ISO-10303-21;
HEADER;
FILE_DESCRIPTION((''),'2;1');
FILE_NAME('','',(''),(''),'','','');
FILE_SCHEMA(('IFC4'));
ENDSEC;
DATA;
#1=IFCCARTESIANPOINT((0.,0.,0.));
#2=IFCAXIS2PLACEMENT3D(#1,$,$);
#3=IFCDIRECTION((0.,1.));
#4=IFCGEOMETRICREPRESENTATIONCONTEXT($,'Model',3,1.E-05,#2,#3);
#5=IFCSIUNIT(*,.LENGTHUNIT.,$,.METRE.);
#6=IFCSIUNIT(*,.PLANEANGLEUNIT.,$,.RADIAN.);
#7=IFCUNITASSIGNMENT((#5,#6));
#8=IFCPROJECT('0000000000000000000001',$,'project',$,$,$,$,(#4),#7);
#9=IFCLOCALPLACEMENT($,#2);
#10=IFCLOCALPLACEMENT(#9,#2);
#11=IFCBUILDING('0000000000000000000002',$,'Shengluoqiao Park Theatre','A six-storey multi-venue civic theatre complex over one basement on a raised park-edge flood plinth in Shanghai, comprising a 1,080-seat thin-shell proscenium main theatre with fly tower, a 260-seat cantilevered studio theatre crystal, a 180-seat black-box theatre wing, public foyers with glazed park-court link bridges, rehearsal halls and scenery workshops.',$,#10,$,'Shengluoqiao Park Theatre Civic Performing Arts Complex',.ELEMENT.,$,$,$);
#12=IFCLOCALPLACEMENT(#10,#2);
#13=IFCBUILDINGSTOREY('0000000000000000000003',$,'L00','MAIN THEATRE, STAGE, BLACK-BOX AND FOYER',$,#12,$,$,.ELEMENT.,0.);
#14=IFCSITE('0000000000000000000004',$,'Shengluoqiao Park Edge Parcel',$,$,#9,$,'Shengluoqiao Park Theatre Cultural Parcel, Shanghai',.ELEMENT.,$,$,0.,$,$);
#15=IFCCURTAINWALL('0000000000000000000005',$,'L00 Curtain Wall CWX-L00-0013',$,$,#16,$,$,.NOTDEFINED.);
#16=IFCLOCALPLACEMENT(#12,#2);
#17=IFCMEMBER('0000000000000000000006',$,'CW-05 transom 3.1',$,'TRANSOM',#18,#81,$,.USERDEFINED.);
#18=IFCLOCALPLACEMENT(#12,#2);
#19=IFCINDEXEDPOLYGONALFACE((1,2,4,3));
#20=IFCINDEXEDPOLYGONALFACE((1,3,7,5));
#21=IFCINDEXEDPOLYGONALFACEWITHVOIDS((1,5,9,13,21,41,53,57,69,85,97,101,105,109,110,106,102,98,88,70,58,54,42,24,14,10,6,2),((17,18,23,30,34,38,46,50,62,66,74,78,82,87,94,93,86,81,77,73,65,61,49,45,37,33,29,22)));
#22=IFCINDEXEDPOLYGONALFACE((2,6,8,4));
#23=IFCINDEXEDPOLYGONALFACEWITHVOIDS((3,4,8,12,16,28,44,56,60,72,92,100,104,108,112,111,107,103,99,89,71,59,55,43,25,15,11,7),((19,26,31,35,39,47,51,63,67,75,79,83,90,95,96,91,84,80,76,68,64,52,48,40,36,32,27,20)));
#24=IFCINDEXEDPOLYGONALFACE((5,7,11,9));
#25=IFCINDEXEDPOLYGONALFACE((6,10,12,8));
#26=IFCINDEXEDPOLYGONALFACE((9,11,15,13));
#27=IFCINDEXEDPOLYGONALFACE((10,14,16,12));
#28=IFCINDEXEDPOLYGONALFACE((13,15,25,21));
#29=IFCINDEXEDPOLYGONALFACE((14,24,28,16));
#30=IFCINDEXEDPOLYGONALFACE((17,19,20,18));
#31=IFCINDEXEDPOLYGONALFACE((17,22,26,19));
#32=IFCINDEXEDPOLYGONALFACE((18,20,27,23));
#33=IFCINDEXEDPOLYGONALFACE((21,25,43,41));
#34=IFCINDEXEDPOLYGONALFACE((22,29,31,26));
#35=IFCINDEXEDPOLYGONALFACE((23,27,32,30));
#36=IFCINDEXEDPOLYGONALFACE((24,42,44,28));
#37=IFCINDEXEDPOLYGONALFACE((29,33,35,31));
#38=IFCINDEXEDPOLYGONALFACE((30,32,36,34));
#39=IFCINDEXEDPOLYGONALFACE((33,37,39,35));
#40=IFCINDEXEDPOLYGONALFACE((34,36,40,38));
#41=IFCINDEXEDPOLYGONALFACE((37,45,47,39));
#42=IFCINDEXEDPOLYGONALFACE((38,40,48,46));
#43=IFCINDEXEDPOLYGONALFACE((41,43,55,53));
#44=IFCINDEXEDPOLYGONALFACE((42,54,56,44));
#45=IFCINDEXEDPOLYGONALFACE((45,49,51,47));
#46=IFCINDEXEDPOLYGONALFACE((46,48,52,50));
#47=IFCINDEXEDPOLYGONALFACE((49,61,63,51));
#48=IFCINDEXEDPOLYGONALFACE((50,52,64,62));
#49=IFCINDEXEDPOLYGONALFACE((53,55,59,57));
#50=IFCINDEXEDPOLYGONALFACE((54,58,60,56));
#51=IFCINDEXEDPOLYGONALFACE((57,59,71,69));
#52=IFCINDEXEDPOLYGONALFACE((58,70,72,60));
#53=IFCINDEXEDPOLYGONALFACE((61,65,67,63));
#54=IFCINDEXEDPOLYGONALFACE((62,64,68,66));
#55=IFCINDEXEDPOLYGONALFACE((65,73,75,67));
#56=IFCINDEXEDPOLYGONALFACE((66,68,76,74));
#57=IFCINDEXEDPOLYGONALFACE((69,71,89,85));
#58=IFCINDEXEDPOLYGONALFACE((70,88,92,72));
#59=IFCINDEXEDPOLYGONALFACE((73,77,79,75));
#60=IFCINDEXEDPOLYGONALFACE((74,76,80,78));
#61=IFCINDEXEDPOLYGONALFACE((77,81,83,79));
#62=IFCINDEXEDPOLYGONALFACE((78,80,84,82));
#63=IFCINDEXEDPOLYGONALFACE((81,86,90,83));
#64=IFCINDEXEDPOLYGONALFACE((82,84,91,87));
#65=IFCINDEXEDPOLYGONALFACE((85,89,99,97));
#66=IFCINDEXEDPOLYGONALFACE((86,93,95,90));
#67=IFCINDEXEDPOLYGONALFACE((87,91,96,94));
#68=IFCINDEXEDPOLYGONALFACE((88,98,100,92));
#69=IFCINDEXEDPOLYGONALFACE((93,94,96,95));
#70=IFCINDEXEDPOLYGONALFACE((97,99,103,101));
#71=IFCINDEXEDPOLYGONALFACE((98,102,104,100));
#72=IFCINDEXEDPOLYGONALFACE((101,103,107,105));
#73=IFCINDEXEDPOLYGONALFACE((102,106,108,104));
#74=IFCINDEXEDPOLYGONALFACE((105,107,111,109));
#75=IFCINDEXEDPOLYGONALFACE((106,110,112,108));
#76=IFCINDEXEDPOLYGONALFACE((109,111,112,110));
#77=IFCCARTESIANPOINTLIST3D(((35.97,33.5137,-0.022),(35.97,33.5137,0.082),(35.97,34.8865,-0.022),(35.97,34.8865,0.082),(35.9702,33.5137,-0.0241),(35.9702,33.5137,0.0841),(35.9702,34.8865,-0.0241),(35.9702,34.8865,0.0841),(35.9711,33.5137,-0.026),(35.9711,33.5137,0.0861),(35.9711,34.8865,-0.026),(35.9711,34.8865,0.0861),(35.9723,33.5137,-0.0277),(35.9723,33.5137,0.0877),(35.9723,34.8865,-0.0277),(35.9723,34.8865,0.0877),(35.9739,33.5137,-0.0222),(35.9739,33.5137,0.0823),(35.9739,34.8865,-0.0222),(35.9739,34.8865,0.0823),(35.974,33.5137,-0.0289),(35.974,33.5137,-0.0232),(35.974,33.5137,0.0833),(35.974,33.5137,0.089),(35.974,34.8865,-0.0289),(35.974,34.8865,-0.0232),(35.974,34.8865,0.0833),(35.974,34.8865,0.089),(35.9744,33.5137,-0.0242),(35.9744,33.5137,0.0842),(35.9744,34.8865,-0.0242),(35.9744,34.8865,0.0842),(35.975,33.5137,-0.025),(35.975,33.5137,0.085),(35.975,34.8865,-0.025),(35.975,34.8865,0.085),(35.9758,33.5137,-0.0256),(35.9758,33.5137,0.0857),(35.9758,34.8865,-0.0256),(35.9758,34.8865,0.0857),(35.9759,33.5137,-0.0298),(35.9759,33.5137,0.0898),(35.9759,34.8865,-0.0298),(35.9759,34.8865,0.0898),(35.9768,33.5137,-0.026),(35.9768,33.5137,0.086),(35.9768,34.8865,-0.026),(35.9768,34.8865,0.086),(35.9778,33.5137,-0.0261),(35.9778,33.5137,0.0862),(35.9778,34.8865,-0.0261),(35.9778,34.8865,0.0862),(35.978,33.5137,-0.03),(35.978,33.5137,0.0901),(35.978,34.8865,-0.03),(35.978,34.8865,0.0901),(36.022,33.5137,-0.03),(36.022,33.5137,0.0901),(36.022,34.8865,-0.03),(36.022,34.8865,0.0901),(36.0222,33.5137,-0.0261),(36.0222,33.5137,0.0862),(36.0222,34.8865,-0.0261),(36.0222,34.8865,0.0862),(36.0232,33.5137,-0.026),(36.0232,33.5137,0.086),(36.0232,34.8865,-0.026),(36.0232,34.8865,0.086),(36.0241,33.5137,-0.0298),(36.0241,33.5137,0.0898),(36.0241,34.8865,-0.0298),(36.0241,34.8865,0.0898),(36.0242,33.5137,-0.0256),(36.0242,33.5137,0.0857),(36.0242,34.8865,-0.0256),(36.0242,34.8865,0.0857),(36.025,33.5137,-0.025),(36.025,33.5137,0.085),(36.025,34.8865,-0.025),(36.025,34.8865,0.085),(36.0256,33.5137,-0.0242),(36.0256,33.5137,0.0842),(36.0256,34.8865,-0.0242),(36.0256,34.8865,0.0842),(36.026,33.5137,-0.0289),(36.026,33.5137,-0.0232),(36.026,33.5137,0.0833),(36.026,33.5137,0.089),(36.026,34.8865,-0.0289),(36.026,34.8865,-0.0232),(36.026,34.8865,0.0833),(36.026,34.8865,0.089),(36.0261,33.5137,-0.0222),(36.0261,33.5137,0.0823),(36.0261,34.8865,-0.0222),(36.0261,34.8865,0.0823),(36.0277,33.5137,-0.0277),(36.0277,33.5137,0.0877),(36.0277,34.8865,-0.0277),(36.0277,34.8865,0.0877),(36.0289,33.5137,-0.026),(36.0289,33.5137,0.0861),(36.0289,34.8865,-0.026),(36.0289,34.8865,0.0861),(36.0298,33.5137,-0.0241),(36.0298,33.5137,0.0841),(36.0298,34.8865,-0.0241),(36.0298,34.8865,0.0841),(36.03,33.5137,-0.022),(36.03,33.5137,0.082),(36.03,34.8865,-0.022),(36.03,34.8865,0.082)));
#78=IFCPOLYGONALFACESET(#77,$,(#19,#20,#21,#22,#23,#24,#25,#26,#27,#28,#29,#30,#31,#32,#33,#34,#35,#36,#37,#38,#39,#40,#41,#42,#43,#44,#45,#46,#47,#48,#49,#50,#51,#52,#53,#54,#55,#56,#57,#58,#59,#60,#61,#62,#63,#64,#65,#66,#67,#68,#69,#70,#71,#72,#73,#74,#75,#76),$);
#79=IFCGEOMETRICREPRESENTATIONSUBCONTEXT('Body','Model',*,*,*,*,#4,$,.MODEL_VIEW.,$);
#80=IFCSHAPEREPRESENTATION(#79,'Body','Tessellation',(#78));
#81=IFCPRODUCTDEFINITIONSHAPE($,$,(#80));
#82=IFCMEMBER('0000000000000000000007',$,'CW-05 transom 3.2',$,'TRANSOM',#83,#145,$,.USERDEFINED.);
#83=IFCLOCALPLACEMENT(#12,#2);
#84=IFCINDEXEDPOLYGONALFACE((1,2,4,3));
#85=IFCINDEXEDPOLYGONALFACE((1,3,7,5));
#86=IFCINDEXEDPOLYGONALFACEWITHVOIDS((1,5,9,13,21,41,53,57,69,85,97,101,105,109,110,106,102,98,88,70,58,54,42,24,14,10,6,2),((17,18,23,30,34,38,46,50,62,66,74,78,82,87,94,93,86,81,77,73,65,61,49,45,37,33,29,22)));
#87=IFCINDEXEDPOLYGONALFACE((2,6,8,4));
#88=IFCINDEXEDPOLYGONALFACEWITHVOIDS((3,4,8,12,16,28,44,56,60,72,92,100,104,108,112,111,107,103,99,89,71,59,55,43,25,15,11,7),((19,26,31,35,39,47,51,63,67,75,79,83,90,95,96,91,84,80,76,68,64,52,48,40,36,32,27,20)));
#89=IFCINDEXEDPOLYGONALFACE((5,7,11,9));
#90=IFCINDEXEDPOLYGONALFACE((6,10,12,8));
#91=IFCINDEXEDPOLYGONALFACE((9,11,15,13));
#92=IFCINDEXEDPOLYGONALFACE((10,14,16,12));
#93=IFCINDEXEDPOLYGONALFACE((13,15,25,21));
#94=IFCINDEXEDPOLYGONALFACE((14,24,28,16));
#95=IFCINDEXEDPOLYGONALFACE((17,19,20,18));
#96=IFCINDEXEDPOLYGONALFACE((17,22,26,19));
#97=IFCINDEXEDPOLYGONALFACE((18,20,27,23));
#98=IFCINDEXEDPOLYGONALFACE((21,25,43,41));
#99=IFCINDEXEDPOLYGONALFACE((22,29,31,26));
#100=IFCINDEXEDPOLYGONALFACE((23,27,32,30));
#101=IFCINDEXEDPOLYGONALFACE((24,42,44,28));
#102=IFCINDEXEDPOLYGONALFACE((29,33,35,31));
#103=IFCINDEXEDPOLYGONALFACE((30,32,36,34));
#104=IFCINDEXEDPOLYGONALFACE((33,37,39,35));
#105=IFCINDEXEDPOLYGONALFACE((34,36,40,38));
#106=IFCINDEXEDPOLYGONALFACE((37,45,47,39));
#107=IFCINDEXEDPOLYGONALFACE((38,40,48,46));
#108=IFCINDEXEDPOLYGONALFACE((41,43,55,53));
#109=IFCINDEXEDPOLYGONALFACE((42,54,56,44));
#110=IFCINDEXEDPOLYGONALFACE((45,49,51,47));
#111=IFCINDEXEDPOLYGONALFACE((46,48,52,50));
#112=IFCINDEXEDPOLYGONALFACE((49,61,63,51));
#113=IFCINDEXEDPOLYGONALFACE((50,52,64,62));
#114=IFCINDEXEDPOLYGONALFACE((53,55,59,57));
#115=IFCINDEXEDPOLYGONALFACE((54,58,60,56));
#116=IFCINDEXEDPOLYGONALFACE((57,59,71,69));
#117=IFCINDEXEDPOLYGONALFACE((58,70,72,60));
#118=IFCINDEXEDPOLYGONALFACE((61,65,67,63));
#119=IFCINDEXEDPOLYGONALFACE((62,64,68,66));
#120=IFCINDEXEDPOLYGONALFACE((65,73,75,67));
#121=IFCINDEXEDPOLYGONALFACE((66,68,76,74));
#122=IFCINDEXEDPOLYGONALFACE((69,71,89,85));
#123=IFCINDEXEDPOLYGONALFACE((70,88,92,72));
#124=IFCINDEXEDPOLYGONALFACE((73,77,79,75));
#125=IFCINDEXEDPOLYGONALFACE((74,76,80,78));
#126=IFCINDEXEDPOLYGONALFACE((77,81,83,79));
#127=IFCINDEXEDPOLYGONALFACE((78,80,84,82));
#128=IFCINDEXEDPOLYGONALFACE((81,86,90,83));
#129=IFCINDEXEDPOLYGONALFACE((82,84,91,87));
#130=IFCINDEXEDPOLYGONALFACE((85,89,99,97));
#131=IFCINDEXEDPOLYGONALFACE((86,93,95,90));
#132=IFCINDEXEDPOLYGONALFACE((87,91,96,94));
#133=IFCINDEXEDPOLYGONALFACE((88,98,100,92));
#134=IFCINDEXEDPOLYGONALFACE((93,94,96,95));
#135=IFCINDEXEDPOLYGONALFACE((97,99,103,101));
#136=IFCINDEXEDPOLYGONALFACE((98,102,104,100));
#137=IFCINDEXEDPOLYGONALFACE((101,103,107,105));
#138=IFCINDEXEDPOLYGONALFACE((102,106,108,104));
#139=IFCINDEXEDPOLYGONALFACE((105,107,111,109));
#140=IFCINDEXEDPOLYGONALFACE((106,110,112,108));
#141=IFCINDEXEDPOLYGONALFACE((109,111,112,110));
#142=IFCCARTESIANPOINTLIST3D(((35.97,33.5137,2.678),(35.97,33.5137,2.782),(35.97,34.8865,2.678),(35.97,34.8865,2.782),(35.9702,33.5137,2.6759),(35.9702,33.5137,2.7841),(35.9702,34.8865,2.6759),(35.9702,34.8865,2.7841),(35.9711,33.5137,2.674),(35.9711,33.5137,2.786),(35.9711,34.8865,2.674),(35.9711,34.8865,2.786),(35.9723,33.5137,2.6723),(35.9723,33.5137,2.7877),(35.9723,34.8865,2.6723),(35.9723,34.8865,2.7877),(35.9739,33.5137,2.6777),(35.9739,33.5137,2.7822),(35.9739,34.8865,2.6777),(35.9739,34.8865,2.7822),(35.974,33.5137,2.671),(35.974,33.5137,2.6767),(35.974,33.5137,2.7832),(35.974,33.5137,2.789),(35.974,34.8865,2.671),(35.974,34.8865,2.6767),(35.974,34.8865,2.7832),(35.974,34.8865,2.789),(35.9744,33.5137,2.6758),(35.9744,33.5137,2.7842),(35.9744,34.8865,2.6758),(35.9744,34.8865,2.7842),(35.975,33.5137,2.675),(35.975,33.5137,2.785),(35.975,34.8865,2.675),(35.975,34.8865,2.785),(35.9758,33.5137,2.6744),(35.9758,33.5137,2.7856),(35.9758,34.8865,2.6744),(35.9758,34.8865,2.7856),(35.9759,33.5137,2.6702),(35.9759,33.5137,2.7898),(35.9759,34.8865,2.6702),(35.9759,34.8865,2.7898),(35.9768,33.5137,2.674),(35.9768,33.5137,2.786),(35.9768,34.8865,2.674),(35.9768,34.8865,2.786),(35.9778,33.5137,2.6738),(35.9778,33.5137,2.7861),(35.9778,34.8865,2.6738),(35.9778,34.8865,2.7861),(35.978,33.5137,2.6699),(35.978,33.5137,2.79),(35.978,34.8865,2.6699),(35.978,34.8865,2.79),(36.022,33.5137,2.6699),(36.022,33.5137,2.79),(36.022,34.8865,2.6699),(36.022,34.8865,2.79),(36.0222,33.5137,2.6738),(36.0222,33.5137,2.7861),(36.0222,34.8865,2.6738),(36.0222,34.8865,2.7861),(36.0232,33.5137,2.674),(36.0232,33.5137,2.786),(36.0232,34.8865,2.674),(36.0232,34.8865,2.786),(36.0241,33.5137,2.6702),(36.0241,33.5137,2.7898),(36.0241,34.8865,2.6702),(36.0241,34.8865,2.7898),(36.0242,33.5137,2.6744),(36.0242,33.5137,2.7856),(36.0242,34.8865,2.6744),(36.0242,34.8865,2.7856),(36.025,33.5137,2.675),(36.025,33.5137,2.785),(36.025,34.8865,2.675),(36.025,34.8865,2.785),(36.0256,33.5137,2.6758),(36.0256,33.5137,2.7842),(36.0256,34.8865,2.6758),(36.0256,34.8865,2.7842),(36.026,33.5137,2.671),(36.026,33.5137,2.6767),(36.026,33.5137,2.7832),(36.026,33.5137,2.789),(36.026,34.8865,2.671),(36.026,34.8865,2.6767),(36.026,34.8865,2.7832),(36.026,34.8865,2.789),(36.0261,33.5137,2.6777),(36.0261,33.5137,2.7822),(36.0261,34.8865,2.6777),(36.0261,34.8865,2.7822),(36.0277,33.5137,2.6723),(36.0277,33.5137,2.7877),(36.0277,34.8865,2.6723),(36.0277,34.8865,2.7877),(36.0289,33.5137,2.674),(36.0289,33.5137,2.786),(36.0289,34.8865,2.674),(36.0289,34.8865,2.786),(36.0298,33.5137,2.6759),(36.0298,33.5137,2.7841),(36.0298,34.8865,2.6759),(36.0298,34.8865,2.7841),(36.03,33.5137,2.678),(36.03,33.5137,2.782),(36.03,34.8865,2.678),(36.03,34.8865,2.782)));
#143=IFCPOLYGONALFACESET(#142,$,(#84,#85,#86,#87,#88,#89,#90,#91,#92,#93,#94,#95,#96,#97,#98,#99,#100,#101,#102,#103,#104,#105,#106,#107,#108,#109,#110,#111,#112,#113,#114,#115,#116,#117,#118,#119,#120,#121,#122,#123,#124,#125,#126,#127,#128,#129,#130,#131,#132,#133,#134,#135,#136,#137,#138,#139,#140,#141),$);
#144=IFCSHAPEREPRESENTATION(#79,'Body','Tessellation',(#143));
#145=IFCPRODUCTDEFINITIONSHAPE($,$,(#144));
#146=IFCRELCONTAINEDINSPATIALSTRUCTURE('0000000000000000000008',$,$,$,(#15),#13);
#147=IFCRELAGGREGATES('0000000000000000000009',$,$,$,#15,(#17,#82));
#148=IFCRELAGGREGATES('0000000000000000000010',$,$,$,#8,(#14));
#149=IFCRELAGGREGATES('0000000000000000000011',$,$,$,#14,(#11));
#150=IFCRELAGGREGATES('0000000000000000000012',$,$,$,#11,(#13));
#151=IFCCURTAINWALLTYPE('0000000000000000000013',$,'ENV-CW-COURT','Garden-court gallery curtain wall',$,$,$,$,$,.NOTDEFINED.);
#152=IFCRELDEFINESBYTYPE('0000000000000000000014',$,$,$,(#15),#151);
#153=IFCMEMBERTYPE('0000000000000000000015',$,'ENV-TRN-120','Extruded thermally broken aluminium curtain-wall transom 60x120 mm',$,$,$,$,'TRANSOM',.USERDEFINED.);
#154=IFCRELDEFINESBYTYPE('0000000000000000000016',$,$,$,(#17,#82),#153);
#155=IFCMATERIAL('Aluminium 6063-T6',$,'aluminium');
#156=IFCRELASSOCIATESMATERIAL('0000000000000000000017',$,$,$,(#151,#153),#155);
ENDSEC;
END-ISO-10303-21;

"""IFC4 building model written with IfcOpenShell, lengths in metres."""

from ifc_helpers import new_model, si_unit, direction, frame, origin, origin_2d, place, context, subcontext, project, spatial, hollow_rectangle, extrude, material, material_profile, profile_set, type_object, element, aggregate, save


model = new_model("IFC4")

# Units and contexts
model_context = context("Model", 3, precision=1e-05, world=origin(), true_north=direction((0.0, 1.0)))
body_context = subcontext(model_context, "Body", "Model", "MODEL_VIEW")
ifc_project = project(units=[si_unit("LENGTHUNIT", "METRE"), si_unit("PLANEANGLEUNIT", "RADIAN")], contexts=[model_context])

# Site, building, storey
site_placement = place(None, origin())
site = spatial("IfcSite", under=ifc_project, at=site_placement, Name="Shengluoqiao Park Edge Parcel", LongName="Shengluoqiao Park Theatre Cultural Parcel, Shanghai", CompositionType="ELEMENT", RefElevation=0.0)
building_placement = place(site_placement, origin())
building = spatial("IfcBuilding", under=site, at=building_placement, Name="Shengluoqiao Park Theatre", Description="A six-storey multi-venue civic theatre complex over one basement on a raised park-edge flood plinth in Shanghai, comprising a 1,080-seat thin-shell proscenium main theatre with fly tower, a 260-seat cantilevered studio theatre crystal, a 180-seat black-box theatre wing, public foyers with glazed park-court link bridges, rehearsal halls and scenery workshops.", LongName="Shengluoqiao Park Theatre Civic Performing Arts Complex", CompositionType="ELEMENT")
storey_placement = place(building_placement, origin())
storey = spatial("IfcBuildingStorey", under=building, at=storey_placement, Name="L00", Description="MAIN THEATRE, STAGE, BLACK-BOX AND FOYER", CompositionType="ELEMENT", Elevation=0.0)

# Curtain wall, members
ifc_material_1 = material(Name="Aluminium 6063-T6", Category="aluminium")
curtain_wall_type = type_object("IfcCurtainWallType", Name="ENV-CW-COURT", Description="Garden-court gallery curtain wall", PredefinedType="NOTDEFINED", material=ifc_material_1)
curtain_wall_placement = place(storey_placement, origin())
curtain_wall = element("IfcCurtainWall", 1, at=curtain_wall_placement, inside=storey, type_object=curtain_wall_type, Name="L00 Curtain Wall CWX-L00-0013", PredefinedType="NOTDEFINED")
ifc_material_profile_1 = material_profile(ifc_material_1, hollow_rectangle(XDim=0.0601, YDim=0.1201, WallThickness=0.0039, InnerFilletRadius=0.0039, OuterFilletRadius=0.0081, at=origin_2d()), Name="ALU TRANSOM 120x60x4")
ifc_profile_set_1 = profile_set([ifc_material_profile_1], Name="Aluminium 6063-T6")
member_type_1 = type_object("IfcMemberType", Name="ENV-TRN-120", Description="Extruded thermally broken aluminium curtain-wall transom 60x120 mm", ElementType="TRANSOM", PredefinedType="USERDEFINED", material=ifc_profile_set_1)
member_1_placement = place(storey_placement, frame((36.0, 33.5137, 0.03), z_axis=(0.0, 1.0, 0.0), x_axis=(-1.0, 0.0, 0.0)))
member_1 = element("IfcMember", 2, at=member_1_placement, type_object=member_type_1, Name="CW-05 transom 3.1", ObjectType="TRANSOM", PredefinedType="USERDEFINED", context=body_context, shape_type="SweptSolid", body=[
    extrude(hollow_rectangle(XDim=0.0601, YDim=0.1201, WallThickness=0.0039, InnerFilletRadius=0.0039, OuterFilletRadius=0.0081, at=origin_2d()), origin(), (0.0, 0.0, 1.0), 1.3728),
])
member_2_placement = place(storey_placement, frame((36.0, 33.5137, 2.73), z_axis=(0.0, 1.0, 0.0), x_axis=(-1.0, 0.0, 0.0)))
member_2 = element("IfcMember", 3, at=member_2_placement, type_object=member_type_1, Name="CW-05 transom 3.2", ObjectType="TRANSOM", PredefinedType="USERDEFINED", context=body_context, shape_type="SweptSolid", body=[
    extrude(hollow_rectangle(XDim=0.0601, YDim=0.1201, WallThickness=0.0039, InnerFilletRadius=0.0039, OuterFilletRadius=0.0081, at=origin_2d()), origin(), (0.0, 0.0, 1.0), 1.3728),
])
aggregate(curtain_wall, [member_1, member_2])

save(model, "model.ifc")
